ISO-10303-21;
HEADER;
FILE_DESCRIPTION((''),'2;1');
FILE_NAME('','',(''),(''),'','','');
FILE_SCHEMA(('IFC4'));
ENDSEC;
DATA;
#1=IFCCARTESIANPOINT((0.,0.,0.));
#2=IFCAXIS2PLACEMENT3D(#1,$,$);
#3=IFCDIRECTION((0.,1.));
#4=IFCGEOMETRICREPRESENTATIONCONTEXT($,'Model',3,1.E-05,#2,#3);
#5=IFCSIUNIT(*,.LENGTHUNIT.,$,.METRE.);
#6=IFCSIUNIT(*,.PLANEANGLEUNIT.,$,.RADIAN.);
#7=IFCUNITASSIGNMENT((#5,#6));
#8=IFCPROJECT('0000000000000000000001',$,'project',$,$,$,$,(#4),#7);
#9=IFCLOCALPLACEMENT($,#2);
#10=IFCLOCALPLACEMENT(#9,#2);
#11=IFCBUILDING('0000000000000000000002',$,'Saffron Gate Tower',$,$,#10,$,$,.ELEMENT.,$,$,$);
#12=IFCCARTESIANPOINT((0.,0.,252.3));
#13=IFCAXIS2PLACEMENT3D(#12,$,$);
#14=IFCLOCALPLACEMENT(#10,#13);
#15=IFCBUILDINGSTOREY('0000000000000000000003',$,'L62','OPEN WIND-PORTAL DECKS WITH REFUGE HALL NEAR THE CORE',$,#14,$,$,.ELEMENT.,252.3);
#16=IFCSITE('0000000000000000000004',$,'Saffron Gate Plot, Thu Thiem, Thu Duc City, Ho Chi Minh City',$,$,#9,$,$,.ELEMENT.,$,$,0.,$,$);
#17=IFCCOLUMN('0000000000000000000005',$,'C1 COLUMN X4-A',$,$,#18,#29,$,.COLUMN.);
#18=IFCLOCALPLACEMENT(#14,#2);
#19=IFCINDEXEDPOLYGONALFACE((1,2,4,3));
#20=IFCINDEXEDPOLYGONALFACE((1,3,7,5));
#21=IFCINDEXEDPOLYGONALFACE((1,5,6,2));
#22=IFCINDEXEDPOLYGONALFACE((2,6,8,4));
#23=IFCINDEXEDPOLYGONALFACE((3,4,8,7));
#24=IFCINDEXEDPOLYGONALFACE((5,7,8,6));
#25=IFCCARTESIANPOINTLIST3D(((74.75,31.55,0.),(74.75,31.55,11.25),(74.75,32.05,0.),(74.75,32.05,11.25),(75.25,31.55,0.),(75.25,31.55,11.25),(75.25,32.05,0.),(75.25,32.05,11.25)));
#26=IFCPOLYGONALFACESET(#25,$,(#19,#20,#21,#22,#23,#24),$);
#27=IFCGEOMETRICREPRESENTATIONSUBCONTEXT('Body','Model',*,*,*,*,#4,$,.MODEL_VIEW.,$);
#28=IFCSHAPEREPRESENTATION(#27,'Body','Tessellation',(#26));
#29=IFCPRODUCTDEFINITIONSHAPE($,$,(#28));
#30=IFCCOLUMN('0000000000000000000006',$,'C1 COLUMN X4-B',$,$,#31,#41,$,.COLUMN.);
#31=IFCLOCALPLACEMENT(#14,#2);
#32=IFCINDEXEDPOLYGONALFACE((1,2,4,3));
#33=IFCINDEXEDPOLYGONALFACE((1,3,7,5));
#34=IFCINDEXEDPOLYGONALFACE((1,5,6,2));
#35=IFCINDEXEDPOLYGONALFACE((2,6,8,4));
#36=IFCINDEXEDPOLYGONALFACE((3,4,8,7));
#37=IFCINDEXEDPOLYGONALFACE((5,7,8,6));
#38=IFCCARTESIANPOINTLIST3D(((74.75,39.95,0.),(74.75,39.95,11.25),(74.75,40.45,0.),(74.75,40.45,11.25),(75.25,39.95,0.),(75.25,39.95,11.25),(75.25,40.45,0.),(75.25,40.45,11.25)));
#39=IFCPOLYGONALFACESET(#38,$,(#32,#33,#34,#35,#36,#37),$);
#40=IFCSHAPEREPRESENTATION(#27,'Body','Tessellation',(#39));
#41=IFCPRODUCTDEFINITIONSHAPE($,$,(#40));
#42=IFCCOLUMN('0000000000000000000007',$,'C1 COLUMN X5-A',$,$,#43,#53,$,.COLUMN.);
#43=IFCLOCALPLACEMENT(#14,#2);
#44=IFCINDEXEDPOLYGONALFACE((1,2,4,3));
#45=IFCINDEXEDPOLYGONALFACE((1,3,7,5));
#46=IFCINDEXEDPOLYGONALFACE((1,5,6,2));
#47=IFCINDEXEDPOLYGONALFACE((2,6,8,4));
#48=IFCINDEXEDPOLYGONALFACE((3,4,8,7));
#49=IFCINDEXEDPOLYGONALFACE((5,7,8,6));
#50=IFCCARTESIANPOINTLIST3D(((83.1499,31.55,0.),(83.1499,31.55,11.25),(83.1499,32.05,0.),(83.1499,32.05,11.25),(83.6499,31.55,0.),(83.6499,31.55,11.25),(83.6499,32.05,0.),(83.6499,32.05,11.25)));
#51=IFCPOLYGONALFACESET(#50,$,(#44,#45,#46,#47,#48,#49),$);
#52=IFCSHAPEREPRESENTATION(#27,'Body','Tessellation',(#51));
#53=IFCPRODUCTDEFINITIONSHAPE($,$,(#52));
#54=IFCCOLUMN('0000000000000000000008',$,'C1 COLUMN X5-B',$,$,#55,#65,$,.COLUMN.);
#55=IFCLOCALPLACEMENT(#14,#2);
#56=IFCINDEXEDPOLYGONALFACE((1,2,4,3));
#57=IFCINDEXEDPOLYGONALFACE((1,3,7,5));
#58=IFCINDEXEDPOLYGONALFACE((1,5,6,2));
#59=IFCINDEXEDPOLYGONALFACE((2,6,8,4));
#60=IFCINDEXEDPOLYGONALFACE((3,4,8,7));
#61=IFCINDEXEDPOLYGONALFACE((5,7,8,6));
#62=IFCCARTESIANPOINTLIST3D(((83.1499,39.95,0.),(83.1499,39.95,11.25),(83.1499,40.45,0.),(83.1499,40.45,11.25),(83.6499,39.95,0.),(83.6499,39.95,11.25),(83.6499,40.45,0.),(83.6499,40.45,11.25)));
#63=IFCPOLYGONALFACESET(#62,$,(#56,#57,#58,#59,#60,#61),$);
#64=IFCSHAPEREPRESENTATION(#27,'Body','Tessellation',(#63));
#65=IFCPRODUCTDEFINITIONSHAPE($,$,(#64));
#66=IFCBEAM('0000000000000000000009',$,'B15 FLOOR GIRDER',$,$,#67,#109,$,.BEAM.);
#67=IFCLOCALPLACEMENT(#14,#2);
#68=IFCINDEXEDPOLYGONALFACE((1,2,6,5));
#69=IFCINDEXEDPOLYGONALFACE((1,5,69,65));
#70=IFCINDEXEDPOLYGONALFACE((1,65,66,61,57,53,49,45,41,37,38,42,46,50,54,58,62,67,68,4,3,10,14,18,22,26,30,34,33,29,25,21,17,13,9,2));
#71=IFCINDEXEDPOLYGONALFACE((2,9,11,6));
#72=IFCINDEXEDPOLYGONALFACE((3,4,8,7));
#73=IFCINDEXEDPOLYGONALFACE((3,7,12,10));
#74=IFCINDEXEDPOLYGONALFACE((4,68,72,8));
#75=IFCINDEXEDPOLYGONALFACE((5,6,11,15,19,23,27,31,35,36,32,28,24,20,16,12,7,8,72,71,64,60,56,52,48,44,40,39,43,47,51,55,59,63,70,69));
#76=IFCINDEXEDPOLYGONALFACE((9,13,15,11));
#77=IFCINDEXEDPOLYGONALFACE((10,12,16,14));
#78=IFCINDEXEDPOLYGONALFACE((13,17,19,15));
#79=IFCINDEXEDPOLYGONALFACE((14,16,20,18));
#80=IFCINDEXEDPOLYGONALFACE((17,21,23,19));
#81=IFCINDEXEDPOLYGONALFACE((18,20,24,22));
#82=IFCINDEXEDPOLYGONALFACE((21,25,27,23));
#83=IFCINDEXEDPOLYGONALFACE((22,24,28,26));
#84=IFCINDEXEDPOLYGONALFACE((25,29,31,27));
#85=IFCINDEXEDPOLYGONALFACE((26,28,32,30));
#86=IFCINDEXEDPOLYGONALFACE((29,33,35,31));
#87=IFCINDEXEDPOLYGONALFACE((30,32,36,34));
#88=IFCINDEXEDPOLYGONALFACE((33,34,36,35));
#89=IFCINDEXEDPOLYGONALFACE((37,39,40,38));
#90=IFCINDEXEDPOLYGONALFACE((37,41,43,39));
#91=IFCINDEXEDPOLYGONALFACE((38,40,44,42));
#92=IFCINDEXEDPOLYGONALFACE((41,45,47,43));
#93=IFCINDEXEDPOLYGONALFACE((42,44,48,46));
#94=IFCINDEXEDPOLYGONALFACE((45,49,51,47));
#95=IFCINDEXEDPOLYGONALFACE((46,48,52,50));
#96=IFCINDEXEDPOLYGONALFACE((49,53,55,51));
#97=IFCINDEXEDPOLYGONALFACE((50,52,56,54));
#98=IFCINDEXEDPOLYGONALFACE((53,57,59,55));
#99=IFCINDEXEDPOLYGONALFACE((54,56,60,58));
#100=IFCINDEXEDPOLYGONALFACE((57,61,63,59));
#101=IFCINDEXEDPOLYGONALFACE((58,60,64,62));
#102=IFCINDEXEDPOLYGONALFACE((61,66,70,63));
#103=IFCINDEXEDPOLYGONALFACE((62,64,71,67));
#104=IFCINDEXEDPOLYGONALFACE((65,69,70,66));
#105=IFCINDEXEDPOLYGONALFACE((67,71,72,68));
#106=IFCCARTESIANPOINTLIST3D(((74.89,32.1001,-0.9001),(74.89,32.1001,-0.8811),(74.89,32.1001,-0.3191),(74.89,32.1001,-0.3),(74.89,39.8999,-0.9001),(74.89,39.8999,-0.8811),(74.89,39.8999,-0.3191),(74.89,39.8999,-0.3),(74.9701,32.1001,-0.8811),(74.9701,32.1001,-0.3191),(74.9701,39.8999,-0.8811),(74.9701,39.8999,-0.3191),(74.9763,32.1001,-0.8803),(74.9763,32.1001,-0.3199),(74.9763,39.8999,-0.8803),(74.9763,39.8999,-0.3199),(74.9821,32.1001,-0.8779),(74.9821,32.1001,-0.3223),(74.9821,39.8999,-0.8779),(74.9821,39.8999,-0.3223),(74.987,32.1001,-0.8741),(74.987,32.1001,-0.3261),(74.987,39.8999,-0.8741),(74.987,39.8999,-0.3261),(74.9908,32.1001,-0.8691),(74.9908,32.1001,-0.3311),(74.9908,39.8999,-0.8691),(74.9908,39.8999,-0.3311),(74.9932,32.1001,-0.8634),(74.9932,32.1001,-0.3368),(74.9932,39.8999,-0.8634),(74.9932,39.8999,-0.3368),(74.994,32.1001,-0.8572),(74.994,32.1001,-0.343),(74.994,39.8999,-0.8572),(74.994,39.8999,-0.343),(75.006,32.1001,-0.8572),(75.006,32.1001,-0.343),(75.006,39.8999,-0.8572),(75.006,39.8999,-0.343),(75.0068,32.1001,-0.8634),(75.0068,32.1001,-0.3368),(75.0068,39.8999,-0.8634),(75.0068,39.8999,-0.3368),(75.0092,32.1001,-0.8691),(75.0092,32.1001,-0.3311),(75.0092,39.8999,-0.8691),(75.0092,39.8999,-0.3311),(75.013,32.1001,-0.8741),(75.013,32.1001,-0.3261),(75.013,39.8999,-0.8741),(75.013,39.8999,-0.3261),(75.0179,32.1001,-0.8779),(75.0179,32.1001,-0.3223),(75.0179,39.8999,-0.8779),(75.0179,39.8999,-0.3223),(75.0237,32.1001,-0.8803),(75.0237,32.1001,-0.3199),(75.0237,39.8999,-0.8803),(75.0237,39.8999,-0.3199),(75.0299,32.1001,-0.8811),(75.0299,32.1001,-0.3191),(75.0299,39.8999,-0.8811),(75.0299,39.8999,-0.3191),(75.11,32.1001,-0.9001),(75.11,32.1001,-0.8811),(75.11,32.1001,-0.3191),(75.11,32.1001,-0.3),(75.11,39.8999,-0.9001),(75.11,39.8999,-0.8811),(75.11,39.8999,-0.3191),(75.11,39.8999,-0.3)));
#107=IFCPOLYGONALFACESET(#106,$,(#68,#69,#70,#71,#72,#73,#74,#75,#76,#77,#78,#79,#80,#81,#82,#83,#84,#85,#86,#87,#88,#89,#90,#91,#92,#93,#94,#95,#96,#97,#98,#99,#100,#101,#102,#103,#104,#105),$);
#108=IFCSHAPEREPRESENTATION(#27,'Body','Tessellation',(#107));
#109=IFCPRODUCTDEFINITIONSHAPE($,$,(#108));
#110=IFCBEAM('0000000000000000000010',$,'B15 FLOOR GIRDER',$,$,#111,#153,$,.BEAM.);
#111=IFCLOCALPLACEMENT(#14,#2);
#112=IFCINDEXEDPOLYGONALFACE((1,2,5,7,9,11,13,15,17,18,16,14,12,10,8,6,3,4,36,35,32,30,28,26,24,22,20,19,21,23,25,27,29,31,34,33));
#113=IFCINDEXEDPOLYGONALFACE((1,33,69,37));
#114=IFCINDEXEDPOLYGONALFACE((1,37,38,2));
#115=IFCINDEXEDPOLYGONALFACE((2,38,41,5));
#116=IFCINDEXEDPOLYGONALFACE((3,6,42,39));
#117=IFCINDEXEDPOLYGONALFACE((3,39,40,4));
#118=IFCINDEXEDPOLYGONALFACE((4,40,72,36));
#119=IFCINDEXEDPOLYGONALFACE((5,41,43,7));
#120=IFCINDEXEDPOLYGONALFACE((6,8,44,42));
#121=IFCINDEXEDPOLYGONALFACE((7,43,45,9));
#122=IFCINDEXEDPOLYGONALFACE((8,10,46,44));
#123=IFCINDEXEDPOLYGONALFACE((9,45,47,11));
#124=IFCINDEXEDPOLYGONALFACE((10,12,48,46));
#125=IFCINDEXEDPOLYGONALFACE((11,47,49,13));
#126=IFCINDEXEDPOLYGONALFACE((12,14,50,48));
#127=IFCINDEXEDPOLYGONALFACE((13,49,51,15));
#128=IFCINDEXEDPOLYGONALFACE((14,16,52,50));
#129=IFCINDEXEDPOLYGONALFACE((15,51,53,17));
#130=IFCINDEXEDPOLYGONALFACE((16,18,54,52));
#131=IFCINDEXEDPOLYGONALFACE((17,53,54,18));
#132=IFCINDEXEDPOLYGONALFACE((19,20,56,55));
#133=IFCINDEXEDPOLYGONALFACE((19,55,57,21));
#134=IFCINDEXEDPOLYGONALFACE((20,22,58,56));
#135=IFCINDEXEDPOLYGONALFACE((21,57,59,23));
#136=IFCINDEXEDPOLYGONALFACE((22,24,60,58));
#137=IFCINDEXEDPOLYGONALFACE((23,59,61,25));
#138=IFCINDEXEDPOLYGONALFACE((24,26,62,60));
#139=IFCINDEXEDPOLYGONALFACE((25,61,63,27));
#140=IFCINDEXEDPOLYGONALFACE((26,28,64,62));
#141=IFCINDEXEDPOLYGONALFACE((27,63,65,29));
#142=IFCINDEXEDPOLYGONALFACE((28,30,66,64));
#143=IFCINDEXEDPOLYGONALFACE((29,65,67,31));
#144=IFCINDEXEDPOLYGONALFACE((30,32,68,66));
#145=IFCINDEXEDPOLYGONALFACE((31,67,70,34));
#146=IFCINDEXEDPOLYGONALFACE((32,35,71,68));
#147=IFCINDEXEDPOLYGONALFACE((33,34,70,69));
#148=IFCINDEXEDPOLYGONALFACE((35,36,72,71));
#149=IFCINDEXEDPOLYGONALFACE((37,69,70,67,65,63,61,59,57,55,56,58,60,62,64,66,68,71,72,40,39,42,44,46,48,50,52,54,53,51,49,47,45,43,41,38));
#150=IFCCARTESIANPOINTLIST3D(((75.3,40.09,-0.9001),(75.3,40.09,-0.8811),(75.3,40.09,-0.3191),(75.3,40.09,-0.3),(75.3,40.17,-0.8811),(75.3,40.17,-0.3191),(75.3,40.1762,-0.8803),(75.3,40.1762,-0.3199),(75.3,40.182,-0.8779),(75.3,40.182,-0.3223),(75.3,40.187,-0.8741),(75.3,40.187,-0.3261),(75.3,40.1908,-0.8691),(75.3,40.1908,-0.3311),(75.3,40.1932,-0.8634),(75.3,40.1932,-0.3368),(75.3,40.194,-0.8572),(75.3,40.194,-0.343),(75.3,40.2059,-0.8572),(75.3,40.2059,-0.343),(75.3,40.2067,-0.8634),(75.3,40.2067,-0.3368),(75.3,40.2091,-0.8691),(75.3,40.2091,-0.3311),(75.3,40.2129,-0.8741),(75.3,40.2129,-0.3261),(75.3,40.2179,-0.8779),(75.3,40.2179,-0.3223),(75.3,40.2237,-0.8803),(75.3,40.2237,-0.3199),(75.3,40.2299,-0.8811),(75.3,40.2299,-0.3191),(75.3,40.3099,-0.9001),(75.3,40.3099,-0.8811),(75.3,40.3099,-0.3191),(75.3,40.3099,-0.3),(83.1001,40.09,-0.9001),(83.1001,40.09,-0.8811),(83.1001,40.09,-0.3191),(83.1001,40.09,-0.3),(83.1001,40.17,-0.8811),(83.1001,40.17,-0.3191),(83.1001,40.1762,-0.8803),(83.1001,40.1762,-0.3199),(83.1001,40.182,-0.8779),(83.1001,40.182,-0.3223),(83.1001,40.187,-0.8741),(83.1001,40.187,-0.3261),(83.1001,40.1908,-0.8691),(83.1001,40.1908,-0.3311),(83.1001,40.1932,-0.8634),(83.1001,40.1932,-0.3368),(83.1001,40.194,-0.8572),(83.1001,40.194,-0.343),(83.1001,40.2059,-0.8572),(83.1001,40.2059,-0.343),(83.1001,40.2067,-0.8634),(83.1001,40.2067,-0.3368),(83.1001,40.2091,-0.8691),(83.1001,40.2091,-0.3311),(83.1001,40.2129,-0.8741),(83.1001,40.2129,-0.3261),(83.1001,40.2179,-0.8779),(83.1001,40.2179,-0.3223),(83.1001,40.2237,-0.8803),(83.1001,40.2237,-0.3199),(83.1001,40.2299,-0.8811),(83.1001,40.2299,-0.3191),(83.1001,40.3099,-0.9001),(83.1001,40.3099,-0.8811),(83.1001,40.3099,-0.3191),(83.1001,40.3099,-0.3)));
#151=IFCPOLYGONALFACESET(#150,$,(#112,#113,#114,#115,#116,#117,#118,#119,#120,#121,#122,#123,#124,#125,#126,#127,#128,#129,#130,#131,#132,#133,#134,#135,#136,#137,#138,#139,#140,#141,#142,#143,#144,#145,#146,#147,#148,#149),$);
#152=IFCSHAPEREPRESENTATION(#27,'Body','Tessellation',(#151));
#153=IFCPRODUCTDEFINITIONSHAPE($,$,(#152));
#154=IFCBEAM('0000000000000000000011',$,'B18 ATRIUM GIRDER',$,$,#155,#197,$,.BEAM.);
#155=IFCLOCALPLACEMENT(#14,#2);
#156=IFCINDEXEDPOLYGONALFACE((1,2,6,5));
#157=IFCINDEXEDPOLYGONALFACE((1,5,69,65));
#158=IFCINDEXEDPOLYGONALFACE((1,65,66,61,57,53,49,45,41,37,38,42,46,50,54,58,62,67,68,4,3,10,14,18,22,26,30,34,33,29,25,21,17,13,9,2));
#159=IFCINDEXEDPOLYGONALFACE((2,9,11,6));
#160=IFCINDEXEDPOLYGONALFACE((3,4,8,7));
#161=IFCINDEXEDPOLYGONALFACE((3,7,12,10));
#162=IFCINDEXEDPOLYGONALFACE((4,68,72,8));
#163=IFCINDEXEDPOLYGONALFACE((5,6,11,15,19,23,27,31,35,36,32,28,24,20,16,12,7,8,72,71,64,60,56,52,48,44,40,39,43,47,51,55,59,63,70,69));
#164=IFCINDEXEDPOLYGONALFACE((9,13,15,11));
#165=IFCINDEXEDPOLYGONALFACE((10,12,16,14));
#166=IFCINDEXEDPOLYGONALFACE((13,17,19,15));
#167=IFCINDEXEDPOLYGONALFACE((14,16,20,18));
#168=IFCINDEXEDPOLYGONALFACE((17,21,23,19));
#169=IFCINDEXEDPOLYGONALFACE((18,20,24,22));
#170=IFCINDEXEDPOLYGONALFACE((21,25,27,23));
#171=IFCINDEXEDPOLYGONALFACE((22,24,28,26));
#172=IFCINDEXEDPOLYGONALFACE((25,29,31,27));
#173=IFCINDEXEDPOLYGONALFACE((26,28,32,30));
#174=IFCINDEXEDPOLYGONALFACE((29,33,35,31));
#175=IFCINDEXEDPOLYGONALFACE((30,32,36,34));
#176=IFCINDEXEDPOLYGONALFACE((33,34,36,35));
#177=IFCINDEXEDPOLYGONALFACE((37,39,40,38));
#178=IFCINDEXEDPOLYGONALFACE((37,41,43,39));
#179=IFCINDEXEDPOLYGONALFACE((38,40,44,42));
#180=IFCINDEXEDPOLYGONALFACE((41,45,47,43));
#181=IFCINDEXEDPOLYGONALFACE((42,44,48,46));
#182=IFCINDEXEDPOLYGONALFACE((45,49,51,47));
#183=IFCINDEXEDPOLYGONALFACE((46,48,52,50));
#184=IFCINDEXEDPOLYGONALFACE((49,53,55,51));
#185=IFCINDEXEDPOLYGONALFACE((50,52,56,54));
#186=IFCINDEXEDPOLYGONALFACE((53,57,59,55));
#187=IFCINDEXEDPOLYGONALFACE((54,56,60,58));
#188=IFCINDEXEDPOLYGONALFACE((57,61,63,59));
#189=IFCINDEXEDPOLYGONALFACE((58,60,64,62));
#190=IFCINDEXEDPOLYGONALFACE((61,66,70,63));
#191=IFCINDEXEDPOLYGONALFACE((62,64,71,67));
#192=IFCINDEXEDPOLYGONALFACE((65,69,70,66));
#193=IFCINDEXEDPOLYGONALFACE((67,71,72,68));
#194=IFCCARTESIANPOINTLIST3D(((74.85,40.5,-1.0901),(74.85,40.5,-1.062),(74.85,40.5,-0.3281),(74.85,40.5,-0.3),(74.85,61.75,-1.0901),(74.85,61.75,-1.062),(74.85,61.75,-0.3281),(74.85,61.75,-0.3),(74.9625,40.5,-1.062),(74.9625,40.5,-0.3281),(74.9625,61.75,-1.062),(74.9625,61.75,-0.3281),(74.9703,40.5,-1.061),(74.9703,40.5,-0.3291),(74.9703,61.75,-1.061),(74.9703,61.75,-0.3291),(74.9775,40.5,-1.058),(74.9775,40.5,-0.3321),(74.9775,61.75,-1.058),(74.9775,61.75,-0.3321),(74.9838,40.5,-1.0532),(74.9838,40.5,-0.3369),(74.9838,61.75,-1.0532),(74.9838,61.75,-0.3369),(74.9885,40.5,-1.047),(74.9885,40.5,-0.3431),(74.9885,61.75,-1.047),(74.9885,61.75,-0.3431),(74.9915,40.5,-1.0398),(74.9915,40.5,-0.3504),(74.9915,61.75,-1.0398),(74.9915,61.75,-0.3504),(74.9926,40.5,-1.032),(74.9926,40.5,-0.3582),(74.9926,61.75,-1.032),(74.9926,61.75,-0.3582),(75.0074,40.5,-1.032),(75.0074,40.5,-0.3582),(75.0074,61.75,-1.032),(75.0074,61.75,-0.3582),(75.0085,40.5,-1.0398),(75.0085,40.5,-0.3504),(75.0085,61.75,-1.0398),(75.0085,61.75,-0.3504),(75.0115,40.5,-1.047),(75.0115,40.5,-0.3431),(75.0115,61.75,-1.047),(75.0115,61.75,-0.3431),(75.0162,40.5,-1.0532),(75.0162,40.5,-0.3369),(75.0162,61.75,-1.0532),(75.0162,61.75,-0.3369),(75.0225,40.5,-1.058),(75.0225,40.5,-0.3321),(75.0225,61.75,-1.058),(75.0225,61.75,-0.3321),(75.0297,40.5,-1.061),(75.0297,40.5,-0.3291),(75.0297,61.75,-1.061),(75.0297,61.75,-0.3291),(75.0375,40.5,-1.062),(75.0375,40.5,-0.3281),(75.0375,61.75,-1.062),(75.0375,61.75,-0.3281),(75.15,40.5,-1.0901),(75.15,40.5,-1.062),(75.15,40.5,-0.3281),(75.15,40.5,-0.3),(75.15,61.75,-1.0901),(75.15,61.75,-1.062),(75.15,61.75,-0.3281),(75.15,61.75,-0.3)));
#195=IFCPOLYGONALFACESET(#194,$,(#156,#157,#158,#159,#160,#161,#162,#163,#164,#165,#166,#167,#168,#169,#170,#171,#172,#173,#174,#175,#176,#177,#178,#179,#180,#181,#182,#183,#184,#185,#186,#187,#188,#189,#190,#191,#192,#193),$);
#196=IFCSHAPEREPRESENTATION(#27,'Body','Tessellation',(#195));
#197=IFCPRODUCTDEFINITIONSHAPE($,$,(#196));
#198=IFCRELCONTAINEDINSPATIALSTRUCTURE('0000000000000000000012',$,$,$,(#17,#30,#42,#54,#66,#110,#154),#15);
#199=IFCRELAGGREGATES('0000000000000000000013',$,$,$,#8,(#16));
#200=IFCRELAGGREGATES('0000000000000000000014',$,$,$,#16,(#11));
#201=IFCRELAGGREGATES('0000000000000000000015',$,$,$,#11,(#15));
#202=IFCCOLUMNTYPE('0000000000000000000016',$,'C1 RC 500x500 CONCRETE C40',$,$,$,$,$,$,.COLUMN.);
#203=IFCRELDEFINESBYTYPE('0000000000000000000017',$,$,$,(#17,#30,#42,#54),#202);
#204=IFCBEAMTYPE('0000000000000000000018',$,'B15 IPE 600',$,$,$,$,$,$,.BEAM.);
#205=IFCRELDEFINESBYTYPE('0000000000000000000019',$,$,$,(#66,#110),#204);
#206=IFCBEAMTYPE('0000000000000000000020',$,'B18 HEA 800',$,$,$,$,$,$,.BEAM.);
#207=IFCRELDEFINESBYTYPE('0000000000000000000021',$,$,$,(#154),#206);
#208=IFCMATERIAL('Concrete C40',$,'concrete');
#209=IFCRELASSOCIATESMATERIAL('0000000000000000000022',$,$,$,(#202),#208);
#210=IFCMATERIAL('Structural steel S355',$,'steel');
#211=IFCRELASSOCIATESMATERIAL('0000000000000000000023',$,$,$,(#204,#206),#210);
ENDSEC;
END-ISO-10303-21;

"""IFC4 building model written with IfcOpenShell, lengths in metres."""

from ifc_helpers import new_model, si_unit, direction, frame, origin, origin_2d, place, context, subcontext, project, spatial, rectangle, i_section, extrude, material, material_profile, profile_set, type_object, element, save


model = new_model("IFC4")

# Units and contexts
model_context = context("Model", 3, precision=1e-05, world=origin(), true_north=direction((0.0, 1.0)))
body_context = subcontext(model_context, "Body", "Model", "MODEL_VIEW")
ifc_project = project(units=[si_unit("LENGTHUNIT", "METRE"), si_unit("PLANEANGLEUNIT", "RADIAN")], contexts=[model_context])

# Site, building, storey
site_placement = place(None, origin())
site = spatial("IfcSite", under=ifc_project, at=site_placement, Name="Saffron Gate Plot, Thu Thiem, Thu Duc City, Ho Chi Minh City", CompositionType="ELEMENT", RefElevation=0.0)
building_placement = place(site_placement, origin())
building = spatial("IfcBuilding", under=site, at=building_placement, Name="Saffron Gate Tower", CompositionType="ELEMENT")
storey_placement = place(building_placement, frame((0.0, 0.0, 252.3)))
storey = spatial("IfcBuildingStorey", under=building, at=storey_placement, Name="L62", Description="OPEN WIND-PORTAL DECKS WITH REFUGE HALL NEAR THE CORE", CompositionType="ELEMENT", Elevation=252.3)

# Columns
ifc_material_1 = material(Name="Concrete C40", Category="concrete")
ifc_material_profile_1 = material_profile(ifc_material_1, rectangle(XDim=0.5, YDim=0.5, at=origin_2d()))
ifc_profile_set_1 = profile_set([ifc_material_profile_1], Name="Concrete C40")
column_type = type_object("IfcColumnType", Name="C1 RC 500x500 CONCRETE C40", PredefinedType="COLUMN", material=ifc_profile_set_1)
for number, where, z_axis, x_axis, name in (
    (1, (75.0, 31.8, 0.0), (0.0, 0.0, 1.0), (1.0, 0.0, 0.0), "C1 COLUMN X4-A"),
    (2, (75.0, 40.2, 0.0), (0.0, 0.0, 1.0), (1.0, 0.0, 0.0), "C1 COLUMN X4-B"),
    (3, (83.3999, 31.8, 0.0), (0.0, 0.0, 1.0), (1.0, 0.0, 0.0), "C1 COLUMN X5-A"),
    (4, (83.3999, 40.2, 0.0), (0.0, 0.0, 1.0), (1.0, 0.0, 0.0), "C1 COLUMN X5-B"),
):
    element("IfcColumn", number, at=place(storey_placement, frame(where, z_axis=z_axis, x_axis=x_axis)), inside=storey, type_object=column_type, Name=name, PredefinedType="COLUMN", context=body_context, shape_type="SweptSolid", body=[
        extrude(rectangle(XDim=0.5, YDim=0.5, at=origin_2d()), origin(), (0.0, 0.0, 1.0), 11.25),
    ])

# Beams
ifc_material_2 = material(Name="Structural steel S355", Category="steel")
ifc_material_profile_2 = material_profile(ifc_material_2, i_section(OverallWidth=0.22, OverallDepth=0.6001, WebThickness=0.012, FlangeThickness=0.019, FilletRadius=0.0239, at=origin_2d()))
ifc_profile_set_2 = profile_set([ifc_material_profile_2], Name="Structural steel S355")
beam_type_1 = type_object("IfcBeamType", Name="B15 IPE 600", PredefinedType="BEAM", material=ifc_profile_set_2)
beam_1_placement = place(storey_placement, frame((75.0, 32.1001, -0.6001), z_axis=(0.0, 1.0, 0.0), x_axis=(-1.0, 0.0, 0.0)))
element("IfcBeam", 5, at=beam_1_placement, inside=storey, type_object=beam_type_1, Name="B15 FLOOR GIRDER", PredefinedType="BEAM", context=body_context, shape_type="SweptSolid", body=[
    extrude(i_section(OverallWidth=0.22, OverallDepth=0.6001, WebThickness=0.012, FlangeThickness=0.019, FilletRadius=0.0239, at=origin_2d()), origin(), (0.0, 0.0, 1.0), 7.7998),
])
beam_2_placement = place(storey_placement, frame((75.3, 40.2, -0.6001), z_axis=(1.0, 0.0, 0.0), x_axis=(0.0, 1.0, 0.0)))
element("IfcBeam", 6, at=beam_2_placement, inside=storey, type_object=beam_type_1, Name="B15 FLOOR GIRDER", PredefinedType="BEAM", context=body_context, shape_type="SweptSolid", body=[
    extrude(i_section(OverallWidth=0.22, OverallDepth=0.6001, WebThickness=0.012, FlangeThickness=0.019, FilletRadius=0.0239, at=origin_2d()), origin(), (0.0, 0.0, 1.0), 7.8),
])
ifc_material_profile_3 = material_profile(ifc_material_2, i_section(OverallWidth=0.3, OverallDepth=0.79, WebThickness=0.0149, FlangeThickness=0.0281, FilletRadius=0.03, at=origin_2d()))
ifc_profile_set_3 = profile_set([ifc_material_profile_3], Name="Structural steel S355")
beam_type_2 = type_object("IfcBeamType", Name="B18 HEA 800", PredefinedType="BEAM", material=ifc_profile_set_3)
beam_3_placement = place(storey_placement, frame((75.0, 40.5, -0.6951), z_axis=(0.0, 1.0, 0.0), x_axis=(-1.0, 0.0, 0.0)))
element("IfcBeam", 7, at=beam_3_placement, inside=storey, type_object=beam_type_2, Name="B18 ATRIUM GIRDER", PredefinedType="BEAM", context=body_context, shape_type="SweptSolid", body=[
    extrude(i_section(OverallWidth=0.3, OverallDepth=0.79, WebThickness=0.0149, FlangeThickness=0.0281, FilletRadius=0.03, at=origin_2d()), origin(), (0.0, 0.0, 1.0), 21.25),
])

save(model, "model.ifc")
